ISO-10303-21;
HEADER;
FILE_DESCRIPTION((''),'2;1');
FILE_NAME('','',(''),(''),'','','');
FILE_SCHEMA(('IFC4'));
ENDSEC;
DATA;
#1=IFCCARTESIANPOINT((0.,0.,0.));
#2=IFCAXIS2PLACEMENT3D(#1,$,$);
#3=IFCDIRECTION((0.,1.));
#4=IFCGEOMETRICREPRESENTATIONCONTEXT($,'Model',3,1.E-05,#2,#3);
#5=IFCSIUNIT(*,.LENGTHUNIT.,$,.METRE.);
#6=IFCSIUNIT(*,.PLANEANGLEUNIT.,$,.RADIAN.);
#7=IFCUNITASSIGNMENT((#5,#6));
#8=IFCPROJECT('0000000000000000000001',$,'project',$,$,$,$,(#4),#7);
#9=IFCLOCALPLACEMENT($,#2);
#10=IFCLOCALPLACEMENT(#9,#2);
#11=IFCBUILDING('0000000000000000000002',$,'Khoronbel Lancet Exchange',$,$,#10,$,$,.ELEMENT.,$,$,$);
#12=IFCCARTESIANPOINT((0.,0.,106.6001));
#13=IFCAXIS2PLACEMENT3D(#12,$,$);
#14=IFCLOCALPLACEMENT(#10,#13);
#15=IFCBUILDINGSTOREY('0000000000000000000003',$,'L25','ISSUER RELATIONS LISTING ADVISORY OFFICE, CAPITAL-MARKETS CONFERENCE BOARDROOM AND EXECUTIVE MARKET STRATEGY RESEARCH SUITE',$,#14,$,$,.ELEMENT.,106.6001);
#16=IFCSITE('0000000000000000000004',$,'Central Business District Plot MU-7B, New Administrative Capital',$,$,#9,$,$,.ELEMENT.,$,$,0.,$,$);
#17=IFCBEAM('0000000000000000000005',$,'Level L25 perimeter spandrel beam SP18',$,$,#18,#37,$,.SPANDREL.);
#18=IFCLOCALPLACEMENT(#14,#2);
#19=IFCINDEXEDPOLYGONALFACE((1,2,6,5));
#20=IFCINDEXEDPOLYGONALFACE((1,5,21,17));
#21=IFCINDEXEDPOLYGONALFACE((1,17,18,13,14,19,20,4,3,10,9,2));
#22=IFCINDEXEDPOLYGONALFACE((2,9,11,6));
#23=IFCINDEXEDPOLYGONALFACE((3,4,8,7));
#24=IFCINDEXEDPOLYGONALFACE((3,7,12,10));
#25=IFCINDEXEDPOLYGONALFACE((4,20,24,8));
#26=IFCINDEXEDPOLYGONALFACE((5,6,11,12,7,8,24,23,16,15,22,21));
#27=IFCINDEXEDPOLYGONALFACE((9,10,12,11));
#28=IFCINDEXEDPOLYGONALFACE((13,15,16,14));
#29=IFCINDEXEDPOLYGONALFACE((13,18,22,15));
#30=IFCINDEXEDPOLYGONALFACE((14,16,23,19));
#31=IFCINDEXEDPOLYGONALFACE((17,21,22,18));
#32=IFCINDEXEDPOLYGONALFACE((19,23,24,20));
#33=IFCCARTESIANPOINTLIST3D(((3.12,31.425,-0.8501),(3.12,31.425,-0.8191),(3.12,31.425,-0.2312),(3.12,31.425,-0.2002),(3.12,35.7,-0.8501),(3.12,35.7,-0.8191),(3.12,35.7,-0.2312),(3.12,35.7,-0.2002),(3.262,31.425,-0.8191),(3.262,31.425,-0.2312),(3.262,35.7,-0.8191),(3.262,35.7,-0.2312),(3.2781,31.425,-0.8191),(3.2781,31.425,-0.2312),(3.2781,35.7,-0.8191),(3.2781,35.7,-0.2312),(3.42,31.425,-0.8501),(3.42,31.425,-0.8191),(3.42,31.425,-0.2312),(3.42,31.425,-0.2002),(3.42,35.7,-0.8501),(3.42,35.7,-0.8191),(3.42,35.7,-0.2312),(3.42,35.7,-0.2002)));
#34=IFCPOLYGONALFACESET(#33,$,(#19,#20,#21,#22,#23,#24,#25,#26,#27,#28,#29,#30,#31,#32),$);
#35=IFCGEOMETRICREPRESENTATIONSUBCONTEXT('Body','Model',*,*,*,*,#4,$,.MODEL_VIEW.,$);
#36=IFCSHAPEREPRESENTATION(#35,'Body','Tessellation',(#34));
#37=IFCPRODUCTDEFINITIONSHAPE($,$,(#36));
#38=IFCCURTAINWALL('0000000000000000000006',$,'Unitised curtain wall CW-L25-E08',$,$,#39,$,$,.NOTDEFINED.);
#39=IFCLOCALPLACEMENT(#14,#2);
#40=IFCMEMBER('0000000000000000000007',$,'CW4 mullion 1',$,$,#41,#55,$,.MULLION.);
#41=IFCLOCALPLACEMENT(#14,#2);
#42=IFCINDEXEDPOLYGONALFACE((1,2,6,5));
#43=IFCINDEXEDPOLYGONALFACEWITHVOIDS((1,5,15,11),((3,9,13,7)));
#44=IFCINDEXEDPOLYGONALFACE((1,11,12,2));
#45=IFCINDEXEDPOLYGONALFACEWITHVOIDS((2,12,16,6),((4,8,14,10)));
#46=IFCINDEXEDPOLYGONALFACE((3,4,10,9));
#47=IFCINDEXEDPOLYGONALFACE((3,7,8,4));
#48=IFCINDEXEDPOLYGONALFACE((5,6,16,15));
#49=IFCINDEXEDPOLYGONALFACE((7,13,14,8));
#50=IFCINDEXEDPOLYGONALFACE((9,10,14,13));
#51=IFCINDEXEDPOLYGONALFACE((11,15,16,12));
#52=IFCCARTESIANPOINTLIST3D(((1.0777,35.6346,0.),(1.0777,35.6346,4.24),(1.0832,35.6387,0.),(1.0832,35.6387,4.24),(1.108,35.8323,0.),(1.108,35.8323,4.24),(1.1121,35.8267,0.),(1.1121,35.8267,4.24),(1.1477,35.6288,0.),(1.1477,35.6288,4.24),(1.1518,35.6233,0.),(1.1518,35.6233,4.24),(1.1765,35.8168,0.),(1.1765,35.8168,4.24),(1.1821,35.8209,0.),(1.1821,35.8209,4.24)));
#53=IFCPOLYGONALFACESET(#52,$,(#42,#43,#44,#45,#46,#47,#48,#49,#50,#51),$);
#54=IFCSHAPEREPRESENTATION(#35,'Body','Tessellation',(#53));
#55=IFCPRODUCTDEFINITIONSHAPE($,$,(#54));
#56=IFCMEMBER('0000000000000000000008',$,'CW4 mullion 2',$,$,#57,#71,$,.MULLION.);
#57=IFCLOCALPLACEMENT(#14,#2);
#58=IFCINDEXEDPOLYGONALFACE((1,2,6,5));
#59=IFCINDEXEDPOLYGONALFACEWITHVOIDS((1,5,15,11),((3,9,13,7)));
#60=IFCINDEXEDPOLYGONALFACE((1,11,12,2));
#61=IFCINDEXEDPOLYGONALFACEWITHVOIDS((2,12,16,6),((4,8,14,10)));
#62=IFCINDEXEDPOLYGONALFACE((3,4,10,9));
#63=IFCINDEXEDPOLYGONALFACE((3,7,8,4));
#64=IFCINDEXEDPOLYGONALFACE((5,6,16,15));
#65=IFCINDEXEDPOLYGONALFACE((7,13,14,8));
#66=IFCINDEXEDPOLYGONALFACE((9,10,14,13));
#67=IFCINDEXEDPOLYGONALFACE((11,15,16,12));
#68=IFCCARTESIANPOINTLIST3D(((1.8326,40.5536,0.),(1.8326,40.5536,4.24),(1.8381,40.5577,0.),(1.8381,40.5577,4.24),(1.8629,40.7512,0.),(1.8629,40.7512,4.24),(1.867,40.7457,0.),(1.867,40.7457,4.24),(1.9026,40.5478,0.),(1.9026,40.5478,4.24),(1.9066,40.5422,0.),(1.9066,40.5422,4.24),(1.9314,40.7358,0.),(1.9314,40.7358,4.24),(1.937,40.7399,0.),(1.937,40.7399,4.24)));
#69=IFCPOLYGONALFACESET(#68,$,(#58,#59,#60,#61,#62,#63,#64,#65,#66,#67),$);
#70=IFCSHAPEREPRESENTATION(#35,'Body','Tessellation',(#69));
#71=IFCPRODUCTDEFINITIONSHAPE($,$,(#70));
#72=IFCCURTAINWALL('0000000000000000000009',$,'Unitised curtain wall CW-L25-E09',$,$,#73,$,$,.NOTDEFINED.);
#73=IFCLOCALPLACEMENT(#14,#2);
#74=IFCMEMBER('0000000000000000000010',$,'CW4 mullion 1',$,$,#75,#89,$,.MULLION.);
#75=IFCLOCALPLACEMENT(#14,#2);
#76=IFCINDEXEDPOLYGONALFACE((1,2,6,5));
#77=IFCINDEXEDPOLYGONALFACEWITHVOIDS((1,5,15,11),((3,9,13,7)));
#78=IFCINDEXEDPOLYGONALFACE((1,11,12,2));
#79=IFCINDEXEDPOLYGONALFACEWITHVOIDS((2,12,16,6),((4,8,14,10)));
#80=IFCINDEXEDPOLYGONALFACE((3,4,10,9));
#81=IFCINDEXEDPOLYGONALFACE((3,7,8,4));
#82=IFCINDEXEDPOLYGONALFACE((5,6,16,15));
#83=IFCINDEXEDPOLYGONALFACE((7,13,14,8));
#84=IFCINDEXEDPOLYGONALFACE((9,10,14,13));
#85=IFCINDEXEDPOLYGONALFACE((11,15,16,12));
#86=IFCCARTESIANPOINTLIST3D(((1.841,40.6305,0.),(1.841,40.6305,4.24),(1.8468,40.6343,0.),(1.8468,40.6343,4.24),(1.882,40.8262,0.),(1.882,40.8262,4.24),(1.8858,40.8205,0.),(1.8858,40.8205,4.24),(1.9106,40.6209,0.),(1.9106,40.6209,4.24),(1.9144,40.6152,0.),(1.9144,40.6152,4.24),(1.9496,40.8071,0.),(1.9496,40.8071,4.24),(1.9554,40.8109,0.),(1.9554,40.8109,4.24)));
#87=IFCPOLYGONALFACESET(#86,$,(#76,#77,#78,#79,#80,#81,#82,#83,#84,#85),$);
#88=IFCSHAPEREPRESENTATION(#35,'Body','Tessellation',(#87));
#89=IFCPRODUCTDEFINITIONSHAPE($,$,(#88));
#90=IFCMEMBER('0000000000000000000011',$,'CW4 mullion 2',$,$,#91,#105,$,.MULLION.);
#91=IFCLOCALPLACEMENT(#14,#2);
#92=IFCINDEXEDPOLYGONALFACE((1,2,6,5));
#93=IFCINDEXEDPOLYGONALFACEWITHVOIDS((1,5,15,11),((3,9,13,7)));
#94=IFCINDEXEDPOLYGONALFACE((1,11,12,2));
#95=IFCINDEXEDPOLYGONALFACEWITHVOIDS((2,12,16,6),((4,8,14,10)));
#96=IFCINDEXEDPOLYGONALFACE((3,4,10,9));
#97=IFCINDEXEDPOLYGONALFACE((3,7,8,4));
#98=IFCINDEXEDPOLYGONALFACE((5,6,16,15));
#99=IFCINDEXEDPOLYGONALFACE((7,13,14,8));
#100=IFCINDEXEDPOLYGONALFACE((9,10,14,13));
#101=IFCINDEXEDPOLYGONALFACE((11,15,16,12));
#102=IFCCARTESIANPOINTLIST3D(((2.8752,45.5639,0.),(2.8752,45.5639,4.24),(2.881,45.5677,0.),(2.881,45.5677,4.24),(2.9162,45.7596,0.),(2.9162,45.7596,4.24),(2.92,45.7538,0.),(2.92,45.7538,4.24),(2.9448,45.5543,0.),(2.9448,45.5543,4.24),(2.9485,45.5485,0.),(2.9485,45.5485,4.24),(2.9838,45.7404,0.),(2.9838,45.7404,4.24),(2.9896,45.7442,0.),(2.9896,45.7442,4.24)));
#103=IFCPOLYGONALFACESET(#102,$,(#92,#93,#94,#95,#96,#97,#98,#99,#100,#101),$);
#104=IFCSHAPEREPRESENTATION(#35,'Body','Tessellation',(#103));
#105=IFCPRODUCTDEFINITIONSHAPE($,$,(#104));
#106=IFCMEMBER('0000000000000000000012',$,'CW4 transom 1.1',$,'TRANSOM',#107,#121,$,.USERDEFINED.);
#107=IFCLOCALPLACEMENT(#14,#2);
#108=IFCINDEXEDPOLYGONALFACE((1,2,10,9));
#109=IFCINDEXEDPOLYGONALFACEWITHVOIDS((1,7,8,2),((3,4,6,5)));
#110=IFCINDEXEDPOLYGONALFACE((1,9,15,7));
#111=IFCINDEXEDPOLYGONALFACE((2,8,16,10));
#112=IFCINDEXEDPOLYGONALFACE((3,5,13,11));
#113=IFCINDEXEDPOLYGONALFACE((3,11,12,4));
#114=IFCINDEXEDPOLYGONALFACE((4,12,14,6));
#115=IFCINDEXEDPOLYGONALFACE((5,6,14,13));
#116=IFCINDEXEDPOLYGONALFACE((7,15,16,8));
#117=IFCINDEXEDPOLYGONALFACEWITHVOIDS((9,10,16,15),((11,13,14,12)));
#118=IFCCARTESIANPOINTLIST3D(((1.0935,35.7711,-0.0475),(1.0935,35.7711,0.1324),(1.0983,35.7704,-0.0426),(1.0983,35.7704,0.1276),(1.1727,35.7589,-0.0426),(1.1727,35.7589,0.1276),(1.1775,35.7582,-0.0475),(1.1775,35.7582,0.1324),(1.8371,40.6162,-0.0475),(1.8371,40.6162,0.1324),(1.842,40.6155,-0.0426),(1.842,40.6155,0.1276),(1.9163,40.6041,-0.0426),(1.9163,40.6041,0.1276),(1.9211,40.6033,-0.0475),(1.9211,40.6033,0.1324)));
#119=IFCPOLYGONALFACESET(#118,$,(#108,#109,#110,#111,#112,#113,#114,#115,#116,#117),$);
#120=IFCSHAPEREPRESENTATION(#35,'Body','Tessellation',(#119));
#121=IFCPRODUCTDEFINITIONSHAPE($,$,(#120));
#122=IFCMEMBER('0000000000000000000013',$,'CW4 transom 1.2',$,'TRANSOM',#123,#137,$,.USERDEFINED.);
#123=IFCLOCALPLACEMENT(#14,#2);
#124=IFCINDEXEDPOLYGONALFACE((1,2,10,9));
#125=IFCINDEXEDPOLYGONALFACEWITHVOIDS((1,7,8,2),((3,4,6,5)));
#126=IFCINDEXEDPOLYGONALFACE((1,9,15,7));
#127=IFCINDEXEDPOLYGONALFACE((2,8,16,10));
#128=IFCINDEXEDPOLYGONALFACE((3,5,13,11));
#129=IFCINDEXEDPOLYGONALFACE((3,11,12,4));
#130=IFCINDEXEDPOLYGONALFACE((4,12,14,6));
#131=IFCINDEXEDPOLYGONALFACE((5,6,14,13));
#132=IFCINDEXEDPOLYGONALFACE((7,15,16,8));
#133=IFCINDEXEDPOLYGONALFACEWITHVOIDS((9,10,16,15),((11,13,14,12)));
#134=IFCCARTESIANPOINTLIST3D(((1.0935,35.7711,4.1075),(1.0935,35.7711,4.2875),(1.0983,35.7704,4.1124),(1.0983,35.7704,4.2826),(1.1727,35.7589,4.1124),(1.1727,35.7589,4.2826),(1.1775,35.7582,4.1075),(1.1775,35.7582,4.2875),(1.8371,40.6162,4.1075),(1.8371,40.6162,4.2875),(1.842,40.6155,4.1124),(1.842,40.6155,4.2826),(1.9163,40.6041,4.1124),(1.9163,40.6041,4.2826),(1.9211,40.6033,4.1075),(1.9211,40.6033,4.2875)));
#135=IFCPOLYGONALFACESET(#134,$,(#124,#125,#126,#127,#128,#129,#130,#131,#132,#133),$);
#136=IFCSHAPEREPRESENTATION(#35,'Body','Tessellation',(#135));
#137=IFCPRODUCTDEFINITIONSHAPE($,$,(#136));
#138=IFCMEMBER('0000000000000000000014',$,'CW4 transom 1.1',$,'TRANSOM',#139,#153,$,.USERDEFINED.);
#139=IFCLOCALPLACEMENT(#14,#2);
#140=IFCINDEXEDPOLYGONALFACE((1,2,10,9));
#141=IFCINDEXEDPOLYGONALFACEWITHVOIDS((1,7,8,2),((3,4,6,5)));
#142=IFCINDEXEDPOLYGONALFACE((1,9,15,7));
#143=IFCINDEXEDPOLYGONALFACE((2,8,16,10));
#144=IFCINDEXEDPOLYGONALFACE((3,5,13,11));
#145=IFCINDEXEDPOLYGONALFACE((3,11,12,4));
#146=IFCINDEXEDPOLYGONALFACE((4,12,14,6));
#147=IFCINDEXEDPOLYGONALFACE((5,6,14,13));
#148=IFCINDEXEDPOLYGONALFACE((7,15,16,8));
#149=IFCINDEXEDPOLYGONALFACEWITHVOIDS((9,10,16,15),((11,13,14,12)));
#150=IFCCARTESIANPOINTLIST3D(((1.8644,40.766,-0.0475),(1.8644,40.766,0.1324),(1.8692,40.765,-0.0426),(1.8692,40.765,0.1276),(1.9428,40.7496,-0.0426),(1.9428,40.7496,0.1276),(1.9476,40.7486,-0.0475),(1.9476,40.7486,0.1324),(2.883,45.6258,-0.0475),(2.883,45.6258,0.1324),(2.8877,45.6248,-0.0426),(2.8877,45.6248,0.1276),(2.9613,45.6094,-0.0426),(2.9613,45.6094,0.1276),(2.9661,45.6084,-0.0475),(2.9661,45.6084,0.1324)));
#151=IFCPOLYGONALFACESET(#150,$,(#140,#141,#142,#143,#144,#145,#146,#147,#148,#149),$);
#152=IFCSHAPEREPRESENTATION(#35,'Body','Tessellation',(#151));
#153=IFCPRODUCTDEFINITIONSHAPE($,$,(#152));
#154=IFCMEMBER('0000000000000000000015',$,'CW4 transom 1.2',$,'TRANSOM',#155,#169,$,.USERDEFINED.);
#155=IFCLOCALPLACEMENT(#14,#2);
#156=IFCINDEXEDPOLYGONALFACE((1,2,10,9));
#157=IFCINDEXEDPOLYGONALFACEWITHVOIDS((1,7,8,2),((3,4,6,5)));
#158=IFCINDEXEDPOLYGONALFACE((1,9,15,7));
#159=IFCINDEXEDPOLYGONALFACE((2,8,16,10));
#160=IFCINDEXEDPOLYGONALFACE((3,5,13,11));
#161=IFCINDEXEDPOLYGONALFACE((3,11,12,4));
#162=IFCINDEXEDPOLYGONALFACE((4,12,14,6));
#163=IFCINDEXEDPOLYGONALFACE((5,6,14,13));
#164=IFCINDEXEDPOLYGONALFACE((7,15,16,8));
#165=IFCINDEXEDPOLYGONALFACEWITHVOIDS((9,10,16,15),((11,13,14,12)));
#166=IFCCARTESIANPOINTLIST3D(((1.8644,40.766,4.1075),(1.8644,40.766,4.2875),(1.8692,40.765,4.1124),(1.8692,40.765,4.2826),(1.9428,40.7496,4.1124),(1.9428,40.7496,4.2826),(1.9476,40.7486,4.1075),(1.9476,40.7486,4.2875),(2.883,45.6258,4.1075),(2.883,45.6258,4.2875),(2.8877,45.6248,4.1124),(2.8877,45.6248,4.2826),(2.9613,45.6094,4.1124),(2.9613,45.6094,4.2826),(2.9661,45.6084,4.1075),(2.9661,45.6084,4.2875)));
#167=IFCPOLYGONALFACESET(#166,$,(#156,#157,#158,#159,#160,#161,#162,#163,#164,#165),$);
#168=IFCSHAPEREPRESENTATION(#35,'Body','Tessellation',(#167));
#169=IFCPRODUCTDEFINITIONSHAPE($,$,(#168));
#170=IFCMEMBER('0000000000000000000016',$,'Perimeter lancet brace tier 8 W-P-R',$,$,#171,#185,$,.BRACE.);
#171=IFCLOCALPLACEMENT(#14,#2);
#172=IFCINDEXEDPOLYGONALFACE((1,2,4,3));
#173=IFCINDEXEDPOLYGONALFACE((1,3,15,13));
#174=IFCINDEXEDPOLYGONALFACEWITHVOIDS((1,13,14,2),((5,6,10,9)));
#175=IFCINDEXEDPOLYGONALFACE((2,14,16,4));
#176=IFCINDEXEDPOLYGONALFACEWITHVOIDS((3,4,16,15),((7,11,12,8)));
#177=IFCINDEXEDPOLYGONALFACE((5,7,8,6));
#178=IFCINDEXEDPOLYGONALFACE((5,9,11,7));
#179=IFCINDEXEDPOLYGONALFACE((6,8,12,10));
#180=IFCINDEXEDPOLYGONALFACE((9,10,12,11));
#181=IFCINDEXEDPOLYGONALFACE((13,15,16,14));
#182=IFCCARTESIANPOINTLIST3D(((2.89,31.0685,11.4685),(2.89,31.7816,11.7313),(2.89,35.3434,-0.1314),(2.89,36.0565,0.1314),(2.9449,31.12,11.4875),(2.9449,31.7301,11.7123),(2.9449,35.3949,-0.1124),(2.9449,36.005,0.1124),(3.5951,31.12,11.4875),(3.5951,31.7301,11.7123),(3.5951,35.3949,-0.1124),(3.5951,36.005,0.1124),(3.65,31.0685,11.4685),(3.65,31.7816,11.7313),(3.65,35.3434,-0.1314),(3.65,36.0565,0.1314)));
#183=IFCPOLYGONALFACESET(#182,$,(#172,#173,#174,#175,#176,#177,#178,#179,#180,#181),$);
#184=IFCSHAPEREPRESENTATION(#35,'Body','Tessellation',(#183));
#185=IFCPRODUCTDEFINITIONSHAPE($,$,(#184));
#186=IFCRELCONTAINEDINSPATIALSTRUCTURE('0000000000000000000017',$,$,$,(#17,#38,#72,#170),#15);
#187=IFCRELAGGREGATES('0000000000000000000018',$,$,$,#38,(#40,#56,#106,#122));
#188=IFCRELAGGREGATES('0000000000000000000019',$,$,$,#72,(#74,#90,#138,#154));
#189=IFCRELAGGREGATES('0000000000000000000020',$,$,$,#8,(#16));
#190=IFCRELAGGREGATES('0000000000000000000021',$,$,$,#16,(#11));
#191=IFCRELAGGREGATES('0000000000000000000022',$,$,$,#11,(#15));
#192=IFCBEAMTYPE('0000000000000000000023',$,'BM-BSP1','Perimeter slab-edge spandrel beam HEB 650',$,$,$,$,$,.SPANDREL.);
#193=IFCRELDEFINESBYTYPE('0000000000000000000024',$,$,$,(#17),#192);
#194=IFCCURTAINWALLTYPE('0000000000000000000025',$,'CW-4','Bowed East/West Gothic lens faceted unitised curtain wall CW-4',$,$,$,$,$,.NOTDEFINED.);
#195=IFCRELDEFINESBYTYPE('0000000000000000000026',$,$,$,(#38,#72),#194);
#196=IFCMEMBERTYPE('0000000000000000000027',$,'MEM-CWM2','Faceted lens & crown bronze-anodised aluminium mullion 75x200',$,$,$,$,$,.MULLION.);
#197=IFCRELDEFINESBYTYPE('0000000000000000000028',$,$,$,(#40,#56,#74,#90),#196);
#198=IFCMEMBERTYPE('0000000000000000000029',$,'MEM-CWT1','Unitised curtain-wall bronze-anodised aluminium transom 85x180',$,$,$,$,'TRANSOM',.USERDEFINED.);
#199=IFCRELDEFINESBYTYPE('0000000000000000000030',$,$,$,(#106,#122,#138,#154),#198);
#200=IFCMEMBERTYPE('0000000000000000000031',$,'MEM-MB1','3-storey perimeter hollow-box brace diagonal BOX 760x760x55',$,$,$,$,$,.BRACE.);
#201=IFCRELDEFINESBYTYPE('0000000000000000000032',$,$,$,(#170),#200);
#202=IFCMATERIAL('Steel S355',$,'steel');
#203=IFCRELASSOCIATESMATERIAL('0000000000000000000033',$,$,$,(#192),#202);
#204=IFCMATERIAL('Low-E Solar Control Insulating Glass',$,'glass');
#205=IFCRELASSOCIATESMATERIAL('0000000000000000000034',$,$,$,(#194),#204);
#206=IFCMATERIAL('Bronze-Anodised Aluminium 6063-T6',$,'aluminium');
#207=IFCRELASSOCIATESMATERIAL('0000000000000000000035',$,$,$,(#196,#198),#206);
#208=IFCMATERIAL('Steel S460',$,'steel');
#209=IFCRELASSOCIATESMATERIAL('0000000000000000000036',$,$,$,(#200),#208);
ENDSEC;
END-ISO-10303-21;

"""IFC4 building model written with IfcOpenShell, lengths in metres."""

from ifc_helpers import new_model, si_unit, direction, frame, origin, origin_2d, place, context, subcontext, project, spatial, hollow_rectangle, i_section, extrude, material, material_profile, profile_set, type_object, element, aggregate, save


model = new_model("IFC4")

# Units and contexts
model_context = context("Model", 3, precision=1e-05, world=origin(), true_north=direction((0.0, 1.0)))
body_context = subcontext(model_context, "Body", "Model", "MODEL_VIEW")
ifc_project = project(units=[si_unit("LENGTHUNIT", "METRE"), si_unit("PLANEANGLEUNIT", "RADIAN")], contexts=[model_context])

# Site, building, storey
site_placement = place(None, origin())
site = spatial("IfcSite", under=ifc_project, at=site_placement, Name="Central Business District Plot MU-7B, New Administrative Capital", CompositionType="ELEMENT", RefElevation=0.0)
building_placement = place(site_placement, origin())
building = spatial("IfcBuilding", under=site, at=building_placement, Name="Khoronbel Lancet Exchange", CompositionType="ELEMENT")
storey_placement = place(building_placement, frame((0.0, 0.0, 106.6001)))
storey = spatial("IfcBuildingStorey", under=building, at=storey_placement, Name="L25", Description="ISSUER RELATIONS LISTING ADVISORY OFFICE, CAPITAL-MARKETS CONFERENCE BOARDROOM AND EXECUTIVE MARKET STRATEGY RESEARCH SUITE", CompositionType="ELEMENT", Elevation=106.6001)

# Shared definitions
ifc_material_1 = material(Name="Steel S460", Category="steel")
ifc_material_2 = material(Name="Steel S355", Category="steel")

# Beam
ifc_material_profile_1 = material_profile(ifc_material_2, i_section(OverallWidth=0.3, OverallDepth=0.6499, WebThickness=0.0161, FlangeThickness=0.031, at=origin_2d()), Name="HEB 650")
ifc_profile_set_1 = profile_set([ifc_material_profile_1], Name="Steel S355")
beam_type_1 = type_object("IfcBeamType", Name="BM-BSP1", Description="Perimeter slab-edge spandrel beam HEB 650", PredefinedType="SPANDREL", material=ifc_profile_set_1)
beam_1_placement = place(storey_placement, frame((3.27, 35.7, -0.5251), z_axis=(0.0, -1.0, 0.0), x_axis=(1.0, 0.0, 0.0)))
element("IfcBeam", 1, at=beam_1_placement, inside=storey, type_object=beam_type_1, Name="Level L25 perimeter spandrel beam SP18", PredefinedType="SPANDREL", context=body_context, shape_type="SweptSolid", body=[
    extrude(i_section(OverallWidth=0.3, OverallDepth=0.6499, WebThickness=0.0161, FlangeThickness=0.031, at=origin_2d()), origin(), (0.0, 0.0, 1.0), 4.2749),
])

# Curtain walls, members
ifc_material_3 = material(Name="Low-E Solar Control Insulating Glass", Category="glass")
curtain_wall_type = type_object("IfcCurtainWallType", Name="CW-4", Description="Bowed East/West Gothic lens faceted unitised curtain wall CW-4", PredefinedType="NOTDEFINED", material=ifc_material_3)
curtain_wall_1_placement = place(storey_placement, origin())
curtain_wall_1 = element("IfcCurtainWall", 2, at=curtain_wall_1_placement, inside=storey, type_object=curtain_wall_type, Name="Unitised curtain wall CW-L25-E08", PredefinedType="NOTDEFINED")
ifc_material_4 = material(Name="Bronze-Anodised Aluminium 6063-T6", Category="aluminium")
ifc_material_profile_2 = material_profile(ifc_material_4, hollow_rectangle(XDim=0.075, YDim=0.2, WallThickness=0.0049, at=origin_2d()), Name="ALU MULLION 75x200")
ifc_profile_set_2 = profile_set([ifc_material_profile_2], Name="Bronze-Anodised Aluminium 6063-T6")
member_type_1 = type_object("IfcMemberType", Name="MEM-CWM2", Description="Faceted lens & crown bronze-anodised aluminium mullion 75x200", PredefinedType="MULLION", material=ifc_profile_set_2)
member_1_placement = place(storey_placement, frame((1.1299, 35.7278, 0.0), z_axis=(0.0, 0.0, 1.0), x_axis=(-0.988428, 0.15169, 0.0)))
member_1 = element("IfcMember", 3, at=member_1_placement, type_object=member_type_1, Name="CW4 mullion 1", PredefinedType="MULLION", context=body_context, shape_type="SweptSolid", body=[
    extrude(hollow_rectangle(XDim=0.075, YDim=0.2, WallThickness=0.0049, at=origin_2d()), origin(), (0.0, 0.0, 1.0), 4.24),
])
member_2_placement = place(storey_placement, frame((1.8848, 40.6467, 0.0), z_axis=(0.0, 0.0, 1.0), x_axis=(-0.988428, 0.15169, 0.0)))
member_2 = element("IfcMember", 4, at=member_2_placement, type_object=member_type_1, Name="CW4 mullion 2", PredefinedType="MULLION", context=body_context, shape_type="SweptSolid", body=[
    extrude(hollow_rectangle(XDim=0.075, YDim=0.2, WallThickness=0.0049, at=origin_2d()), origin(), (0.0, 0.0, 1.0), 4.24),
])
curtain_wall_2_placement = place(storey_placement, origin())
curtain_wall_2 = element("IfcCurtainWall", 5, at=curtain_wall_2_placement, inside=storey, type_object=curtain_wall_type, Name="Unitised curtain wall CW-L25-E09", PredefinedType="NOTDEFINED")
member_3_placement = place(storey_placement, frame((1.8982, 40.7207, 0.0), z_axis=(0.0, 0.0, 1.0), x_axis=(-0.978729, 0.205156, 0.0)))
member_3 = element("IfcMember", 6, at=member_3_placement, type_object=member_type_1, Name="CW4 mullion 1", PredefinedType="MULLION", context=body_context, shape_type="SweptSolid", body=[
    extrude(hollow_rectangle(XDim=0.075, YDim=0.2, WallThickness=0.0049, at=origin_2d()), origin(), (0.0, 0.0, 1.0), 4.24),
])
member_4_placement = place(storey_placement, frame((2.9324, 45.6541, 0.0), z_axis=(0.0, 0.0, 1.0), x_axis=(-0.978729, 0.205156, 0.0)))
member_4 = element("IfcMember", 7, at=member_4_placement, type_object=member_type_1, Name="CW4 mullion 2", PredefinedType="MULLION", context=body_context, shape_type="SweptSolid", body=[
    extrude(hollow_rectangle(XDim=0.075, YDim=0.2, WallThickness=0.0049, at=origin_2d()), origin(), (0.0, 0.0, 1.0), 4.24),
])

# Members
ifc_material_profile_3 = material_profile(ifc_material_4, hollow_rectangle(XDim=0.085, YDim=0.1799, WallThickness=0.0049, at=origin_2d()), Name="ALU TRANSOM 85x180")
ifc_profile_set_3 = profile_set([ifc_material_profile_3], Name="Bronze-Anodised Aluminium 6063-T6")
member_type_2 = type_object("IfcMemberType", Name="MEM-CWT1", Description="Unitised curtain-wall bronze-anodised aluminium transom 85x180", ElementType="TRANSOM", PredefinedType="USERDEFINED", material=ifc_profile_set_3)
member_5_placement = place(storey_placement, frame((1.1355, 35.7646, 0.0425), z_axis=(0.151705, 0.988426, 0.0), x_axis=(-0.988426, 0.151705, 0.0)))
member_5 = element("IfcMember", 8, at=member_5_placement, type_object=member_type_2, Name="CW4 transom 1.1", ObjectType="TRANSOM", PredefinedType="USERDEFINED", context=body_context, shape_type="SweptSolid", body=[
    extrude(hollow_rectangle(XDim=0.085, YDim=0.1799, WallThickness=0.0049, at=origin_2d()), origin(), (0.0, 0.0, 1.0), 4.9019),
])
member_6_placement = place(storey_placement, frame((1.1355, 35.7646, 4.1975), z_axis=(0.151705, 0.988426, 0.0), x_axis=(-0.988426, 0.151705, 0.0)))
member_6 = element("IfcMember", 9, at=member_6_placement, type_object=member_type_2, Name="CW4 transom 1.2", ObjectType="TRANSOM", PredefinedType="USERDEFINED", context=body_context, shape_type="SweptSolid", body=[
    extrude(hollow_rectangle(XDim=0.085, YDim=0.1799, WallThickness=0.0049, at=origin_2d()), origin(), (0.0, 0.0, 1.0), 4.9019),
])
member_7_placement = place(storey_placement, frame((1.906, 40.7573, 0.0425), z_axis=(0.205128, 0.978735, 0.0), x_axis=(-0.978735, 0.205128, 0.0)))
member_7 = element("IfcMember", 10, at=member_7_placement, type_object=member_type_2, Name="CW4 transom 1.1", ObjectType="TRANSOM", PredefinedType="USERDEFINED", context=body_context, shape_type="SweptSolid", body=[
    extrude(hollow_rectangle(XDim=0.085, YDim=0.1799, WallThickness=0.0049, at=origin_2d()), origin(), (0.0, 0.0, 1.0), 4.9653),
])
member_8_placement = place(storey_placement, frame((1.906, 40.7573, 4.1975), z_axis=(0.205128, 0.978735, 0.0), x_axis=(-0.978735, 0.205128, 0.0)))
member_8 = element("IfcMember", 11, at=member_8_placement, type_object=member_type_2, Name="CW4 transom 1.2", ObjectType="TRANSOM", PredefinedType="USERDEFINED", context=body_context, shape_type="SweptSolid", body=[
    extrude(hollow_rectangle(XDim=0.085, YDim=0.1799, WallThickness=0.0049, at=origin_2d()), origin(), (0.0, 0.0, 1.0), 4.9653),
])
ifc_material_profile_4 = material_profile(ifc_material_1, hollow_rectangle(XDim=0.76, YDim=0.76, WallThickness=0.0549, at=origin_2d()), Name="BOX 760x760x55")
ifc_profile_set_4 = profile_set([ifc_material_profile_4], Name="Steel S460")
member_type_3 = type_object("IfcMemberType", Name="MEM-MB1", Description="3-storey perimeter hollow-box brace diagonal BOX 760x760x55", PredefinedType="BRACE", material=ifc_profile_set_4)
member_9_placement = place(storey_placement, frame((3.27, 35.7, 0.0), z_axis=(0.0, -0.345796, 0.93831), x_axis=(1.0, 0.0, 0.0)))
element("IfcMember", 12, at=member_9_placement, inside=storey, type_object=member_type_3, Name="Perimeter lancet brace tier 8 W-P-R", PredefinedType="BRACE", context=body_context, shape_type="SweptSolid", body=[
    extrude(hollow_rectangle(XDim=0.76, YDim=0.76, WallThickness=0.0549, at=origin_2d()), origin(), (0.0, 0.0, 1.0), 12.3625),
])

aggregate(curtain_wall_1, [member_1, member_2, member_5, member_6])
aggregate(curtain_wall_2, [member_3, member_4, member_7, member_8])

save(model, "model.ifc")
